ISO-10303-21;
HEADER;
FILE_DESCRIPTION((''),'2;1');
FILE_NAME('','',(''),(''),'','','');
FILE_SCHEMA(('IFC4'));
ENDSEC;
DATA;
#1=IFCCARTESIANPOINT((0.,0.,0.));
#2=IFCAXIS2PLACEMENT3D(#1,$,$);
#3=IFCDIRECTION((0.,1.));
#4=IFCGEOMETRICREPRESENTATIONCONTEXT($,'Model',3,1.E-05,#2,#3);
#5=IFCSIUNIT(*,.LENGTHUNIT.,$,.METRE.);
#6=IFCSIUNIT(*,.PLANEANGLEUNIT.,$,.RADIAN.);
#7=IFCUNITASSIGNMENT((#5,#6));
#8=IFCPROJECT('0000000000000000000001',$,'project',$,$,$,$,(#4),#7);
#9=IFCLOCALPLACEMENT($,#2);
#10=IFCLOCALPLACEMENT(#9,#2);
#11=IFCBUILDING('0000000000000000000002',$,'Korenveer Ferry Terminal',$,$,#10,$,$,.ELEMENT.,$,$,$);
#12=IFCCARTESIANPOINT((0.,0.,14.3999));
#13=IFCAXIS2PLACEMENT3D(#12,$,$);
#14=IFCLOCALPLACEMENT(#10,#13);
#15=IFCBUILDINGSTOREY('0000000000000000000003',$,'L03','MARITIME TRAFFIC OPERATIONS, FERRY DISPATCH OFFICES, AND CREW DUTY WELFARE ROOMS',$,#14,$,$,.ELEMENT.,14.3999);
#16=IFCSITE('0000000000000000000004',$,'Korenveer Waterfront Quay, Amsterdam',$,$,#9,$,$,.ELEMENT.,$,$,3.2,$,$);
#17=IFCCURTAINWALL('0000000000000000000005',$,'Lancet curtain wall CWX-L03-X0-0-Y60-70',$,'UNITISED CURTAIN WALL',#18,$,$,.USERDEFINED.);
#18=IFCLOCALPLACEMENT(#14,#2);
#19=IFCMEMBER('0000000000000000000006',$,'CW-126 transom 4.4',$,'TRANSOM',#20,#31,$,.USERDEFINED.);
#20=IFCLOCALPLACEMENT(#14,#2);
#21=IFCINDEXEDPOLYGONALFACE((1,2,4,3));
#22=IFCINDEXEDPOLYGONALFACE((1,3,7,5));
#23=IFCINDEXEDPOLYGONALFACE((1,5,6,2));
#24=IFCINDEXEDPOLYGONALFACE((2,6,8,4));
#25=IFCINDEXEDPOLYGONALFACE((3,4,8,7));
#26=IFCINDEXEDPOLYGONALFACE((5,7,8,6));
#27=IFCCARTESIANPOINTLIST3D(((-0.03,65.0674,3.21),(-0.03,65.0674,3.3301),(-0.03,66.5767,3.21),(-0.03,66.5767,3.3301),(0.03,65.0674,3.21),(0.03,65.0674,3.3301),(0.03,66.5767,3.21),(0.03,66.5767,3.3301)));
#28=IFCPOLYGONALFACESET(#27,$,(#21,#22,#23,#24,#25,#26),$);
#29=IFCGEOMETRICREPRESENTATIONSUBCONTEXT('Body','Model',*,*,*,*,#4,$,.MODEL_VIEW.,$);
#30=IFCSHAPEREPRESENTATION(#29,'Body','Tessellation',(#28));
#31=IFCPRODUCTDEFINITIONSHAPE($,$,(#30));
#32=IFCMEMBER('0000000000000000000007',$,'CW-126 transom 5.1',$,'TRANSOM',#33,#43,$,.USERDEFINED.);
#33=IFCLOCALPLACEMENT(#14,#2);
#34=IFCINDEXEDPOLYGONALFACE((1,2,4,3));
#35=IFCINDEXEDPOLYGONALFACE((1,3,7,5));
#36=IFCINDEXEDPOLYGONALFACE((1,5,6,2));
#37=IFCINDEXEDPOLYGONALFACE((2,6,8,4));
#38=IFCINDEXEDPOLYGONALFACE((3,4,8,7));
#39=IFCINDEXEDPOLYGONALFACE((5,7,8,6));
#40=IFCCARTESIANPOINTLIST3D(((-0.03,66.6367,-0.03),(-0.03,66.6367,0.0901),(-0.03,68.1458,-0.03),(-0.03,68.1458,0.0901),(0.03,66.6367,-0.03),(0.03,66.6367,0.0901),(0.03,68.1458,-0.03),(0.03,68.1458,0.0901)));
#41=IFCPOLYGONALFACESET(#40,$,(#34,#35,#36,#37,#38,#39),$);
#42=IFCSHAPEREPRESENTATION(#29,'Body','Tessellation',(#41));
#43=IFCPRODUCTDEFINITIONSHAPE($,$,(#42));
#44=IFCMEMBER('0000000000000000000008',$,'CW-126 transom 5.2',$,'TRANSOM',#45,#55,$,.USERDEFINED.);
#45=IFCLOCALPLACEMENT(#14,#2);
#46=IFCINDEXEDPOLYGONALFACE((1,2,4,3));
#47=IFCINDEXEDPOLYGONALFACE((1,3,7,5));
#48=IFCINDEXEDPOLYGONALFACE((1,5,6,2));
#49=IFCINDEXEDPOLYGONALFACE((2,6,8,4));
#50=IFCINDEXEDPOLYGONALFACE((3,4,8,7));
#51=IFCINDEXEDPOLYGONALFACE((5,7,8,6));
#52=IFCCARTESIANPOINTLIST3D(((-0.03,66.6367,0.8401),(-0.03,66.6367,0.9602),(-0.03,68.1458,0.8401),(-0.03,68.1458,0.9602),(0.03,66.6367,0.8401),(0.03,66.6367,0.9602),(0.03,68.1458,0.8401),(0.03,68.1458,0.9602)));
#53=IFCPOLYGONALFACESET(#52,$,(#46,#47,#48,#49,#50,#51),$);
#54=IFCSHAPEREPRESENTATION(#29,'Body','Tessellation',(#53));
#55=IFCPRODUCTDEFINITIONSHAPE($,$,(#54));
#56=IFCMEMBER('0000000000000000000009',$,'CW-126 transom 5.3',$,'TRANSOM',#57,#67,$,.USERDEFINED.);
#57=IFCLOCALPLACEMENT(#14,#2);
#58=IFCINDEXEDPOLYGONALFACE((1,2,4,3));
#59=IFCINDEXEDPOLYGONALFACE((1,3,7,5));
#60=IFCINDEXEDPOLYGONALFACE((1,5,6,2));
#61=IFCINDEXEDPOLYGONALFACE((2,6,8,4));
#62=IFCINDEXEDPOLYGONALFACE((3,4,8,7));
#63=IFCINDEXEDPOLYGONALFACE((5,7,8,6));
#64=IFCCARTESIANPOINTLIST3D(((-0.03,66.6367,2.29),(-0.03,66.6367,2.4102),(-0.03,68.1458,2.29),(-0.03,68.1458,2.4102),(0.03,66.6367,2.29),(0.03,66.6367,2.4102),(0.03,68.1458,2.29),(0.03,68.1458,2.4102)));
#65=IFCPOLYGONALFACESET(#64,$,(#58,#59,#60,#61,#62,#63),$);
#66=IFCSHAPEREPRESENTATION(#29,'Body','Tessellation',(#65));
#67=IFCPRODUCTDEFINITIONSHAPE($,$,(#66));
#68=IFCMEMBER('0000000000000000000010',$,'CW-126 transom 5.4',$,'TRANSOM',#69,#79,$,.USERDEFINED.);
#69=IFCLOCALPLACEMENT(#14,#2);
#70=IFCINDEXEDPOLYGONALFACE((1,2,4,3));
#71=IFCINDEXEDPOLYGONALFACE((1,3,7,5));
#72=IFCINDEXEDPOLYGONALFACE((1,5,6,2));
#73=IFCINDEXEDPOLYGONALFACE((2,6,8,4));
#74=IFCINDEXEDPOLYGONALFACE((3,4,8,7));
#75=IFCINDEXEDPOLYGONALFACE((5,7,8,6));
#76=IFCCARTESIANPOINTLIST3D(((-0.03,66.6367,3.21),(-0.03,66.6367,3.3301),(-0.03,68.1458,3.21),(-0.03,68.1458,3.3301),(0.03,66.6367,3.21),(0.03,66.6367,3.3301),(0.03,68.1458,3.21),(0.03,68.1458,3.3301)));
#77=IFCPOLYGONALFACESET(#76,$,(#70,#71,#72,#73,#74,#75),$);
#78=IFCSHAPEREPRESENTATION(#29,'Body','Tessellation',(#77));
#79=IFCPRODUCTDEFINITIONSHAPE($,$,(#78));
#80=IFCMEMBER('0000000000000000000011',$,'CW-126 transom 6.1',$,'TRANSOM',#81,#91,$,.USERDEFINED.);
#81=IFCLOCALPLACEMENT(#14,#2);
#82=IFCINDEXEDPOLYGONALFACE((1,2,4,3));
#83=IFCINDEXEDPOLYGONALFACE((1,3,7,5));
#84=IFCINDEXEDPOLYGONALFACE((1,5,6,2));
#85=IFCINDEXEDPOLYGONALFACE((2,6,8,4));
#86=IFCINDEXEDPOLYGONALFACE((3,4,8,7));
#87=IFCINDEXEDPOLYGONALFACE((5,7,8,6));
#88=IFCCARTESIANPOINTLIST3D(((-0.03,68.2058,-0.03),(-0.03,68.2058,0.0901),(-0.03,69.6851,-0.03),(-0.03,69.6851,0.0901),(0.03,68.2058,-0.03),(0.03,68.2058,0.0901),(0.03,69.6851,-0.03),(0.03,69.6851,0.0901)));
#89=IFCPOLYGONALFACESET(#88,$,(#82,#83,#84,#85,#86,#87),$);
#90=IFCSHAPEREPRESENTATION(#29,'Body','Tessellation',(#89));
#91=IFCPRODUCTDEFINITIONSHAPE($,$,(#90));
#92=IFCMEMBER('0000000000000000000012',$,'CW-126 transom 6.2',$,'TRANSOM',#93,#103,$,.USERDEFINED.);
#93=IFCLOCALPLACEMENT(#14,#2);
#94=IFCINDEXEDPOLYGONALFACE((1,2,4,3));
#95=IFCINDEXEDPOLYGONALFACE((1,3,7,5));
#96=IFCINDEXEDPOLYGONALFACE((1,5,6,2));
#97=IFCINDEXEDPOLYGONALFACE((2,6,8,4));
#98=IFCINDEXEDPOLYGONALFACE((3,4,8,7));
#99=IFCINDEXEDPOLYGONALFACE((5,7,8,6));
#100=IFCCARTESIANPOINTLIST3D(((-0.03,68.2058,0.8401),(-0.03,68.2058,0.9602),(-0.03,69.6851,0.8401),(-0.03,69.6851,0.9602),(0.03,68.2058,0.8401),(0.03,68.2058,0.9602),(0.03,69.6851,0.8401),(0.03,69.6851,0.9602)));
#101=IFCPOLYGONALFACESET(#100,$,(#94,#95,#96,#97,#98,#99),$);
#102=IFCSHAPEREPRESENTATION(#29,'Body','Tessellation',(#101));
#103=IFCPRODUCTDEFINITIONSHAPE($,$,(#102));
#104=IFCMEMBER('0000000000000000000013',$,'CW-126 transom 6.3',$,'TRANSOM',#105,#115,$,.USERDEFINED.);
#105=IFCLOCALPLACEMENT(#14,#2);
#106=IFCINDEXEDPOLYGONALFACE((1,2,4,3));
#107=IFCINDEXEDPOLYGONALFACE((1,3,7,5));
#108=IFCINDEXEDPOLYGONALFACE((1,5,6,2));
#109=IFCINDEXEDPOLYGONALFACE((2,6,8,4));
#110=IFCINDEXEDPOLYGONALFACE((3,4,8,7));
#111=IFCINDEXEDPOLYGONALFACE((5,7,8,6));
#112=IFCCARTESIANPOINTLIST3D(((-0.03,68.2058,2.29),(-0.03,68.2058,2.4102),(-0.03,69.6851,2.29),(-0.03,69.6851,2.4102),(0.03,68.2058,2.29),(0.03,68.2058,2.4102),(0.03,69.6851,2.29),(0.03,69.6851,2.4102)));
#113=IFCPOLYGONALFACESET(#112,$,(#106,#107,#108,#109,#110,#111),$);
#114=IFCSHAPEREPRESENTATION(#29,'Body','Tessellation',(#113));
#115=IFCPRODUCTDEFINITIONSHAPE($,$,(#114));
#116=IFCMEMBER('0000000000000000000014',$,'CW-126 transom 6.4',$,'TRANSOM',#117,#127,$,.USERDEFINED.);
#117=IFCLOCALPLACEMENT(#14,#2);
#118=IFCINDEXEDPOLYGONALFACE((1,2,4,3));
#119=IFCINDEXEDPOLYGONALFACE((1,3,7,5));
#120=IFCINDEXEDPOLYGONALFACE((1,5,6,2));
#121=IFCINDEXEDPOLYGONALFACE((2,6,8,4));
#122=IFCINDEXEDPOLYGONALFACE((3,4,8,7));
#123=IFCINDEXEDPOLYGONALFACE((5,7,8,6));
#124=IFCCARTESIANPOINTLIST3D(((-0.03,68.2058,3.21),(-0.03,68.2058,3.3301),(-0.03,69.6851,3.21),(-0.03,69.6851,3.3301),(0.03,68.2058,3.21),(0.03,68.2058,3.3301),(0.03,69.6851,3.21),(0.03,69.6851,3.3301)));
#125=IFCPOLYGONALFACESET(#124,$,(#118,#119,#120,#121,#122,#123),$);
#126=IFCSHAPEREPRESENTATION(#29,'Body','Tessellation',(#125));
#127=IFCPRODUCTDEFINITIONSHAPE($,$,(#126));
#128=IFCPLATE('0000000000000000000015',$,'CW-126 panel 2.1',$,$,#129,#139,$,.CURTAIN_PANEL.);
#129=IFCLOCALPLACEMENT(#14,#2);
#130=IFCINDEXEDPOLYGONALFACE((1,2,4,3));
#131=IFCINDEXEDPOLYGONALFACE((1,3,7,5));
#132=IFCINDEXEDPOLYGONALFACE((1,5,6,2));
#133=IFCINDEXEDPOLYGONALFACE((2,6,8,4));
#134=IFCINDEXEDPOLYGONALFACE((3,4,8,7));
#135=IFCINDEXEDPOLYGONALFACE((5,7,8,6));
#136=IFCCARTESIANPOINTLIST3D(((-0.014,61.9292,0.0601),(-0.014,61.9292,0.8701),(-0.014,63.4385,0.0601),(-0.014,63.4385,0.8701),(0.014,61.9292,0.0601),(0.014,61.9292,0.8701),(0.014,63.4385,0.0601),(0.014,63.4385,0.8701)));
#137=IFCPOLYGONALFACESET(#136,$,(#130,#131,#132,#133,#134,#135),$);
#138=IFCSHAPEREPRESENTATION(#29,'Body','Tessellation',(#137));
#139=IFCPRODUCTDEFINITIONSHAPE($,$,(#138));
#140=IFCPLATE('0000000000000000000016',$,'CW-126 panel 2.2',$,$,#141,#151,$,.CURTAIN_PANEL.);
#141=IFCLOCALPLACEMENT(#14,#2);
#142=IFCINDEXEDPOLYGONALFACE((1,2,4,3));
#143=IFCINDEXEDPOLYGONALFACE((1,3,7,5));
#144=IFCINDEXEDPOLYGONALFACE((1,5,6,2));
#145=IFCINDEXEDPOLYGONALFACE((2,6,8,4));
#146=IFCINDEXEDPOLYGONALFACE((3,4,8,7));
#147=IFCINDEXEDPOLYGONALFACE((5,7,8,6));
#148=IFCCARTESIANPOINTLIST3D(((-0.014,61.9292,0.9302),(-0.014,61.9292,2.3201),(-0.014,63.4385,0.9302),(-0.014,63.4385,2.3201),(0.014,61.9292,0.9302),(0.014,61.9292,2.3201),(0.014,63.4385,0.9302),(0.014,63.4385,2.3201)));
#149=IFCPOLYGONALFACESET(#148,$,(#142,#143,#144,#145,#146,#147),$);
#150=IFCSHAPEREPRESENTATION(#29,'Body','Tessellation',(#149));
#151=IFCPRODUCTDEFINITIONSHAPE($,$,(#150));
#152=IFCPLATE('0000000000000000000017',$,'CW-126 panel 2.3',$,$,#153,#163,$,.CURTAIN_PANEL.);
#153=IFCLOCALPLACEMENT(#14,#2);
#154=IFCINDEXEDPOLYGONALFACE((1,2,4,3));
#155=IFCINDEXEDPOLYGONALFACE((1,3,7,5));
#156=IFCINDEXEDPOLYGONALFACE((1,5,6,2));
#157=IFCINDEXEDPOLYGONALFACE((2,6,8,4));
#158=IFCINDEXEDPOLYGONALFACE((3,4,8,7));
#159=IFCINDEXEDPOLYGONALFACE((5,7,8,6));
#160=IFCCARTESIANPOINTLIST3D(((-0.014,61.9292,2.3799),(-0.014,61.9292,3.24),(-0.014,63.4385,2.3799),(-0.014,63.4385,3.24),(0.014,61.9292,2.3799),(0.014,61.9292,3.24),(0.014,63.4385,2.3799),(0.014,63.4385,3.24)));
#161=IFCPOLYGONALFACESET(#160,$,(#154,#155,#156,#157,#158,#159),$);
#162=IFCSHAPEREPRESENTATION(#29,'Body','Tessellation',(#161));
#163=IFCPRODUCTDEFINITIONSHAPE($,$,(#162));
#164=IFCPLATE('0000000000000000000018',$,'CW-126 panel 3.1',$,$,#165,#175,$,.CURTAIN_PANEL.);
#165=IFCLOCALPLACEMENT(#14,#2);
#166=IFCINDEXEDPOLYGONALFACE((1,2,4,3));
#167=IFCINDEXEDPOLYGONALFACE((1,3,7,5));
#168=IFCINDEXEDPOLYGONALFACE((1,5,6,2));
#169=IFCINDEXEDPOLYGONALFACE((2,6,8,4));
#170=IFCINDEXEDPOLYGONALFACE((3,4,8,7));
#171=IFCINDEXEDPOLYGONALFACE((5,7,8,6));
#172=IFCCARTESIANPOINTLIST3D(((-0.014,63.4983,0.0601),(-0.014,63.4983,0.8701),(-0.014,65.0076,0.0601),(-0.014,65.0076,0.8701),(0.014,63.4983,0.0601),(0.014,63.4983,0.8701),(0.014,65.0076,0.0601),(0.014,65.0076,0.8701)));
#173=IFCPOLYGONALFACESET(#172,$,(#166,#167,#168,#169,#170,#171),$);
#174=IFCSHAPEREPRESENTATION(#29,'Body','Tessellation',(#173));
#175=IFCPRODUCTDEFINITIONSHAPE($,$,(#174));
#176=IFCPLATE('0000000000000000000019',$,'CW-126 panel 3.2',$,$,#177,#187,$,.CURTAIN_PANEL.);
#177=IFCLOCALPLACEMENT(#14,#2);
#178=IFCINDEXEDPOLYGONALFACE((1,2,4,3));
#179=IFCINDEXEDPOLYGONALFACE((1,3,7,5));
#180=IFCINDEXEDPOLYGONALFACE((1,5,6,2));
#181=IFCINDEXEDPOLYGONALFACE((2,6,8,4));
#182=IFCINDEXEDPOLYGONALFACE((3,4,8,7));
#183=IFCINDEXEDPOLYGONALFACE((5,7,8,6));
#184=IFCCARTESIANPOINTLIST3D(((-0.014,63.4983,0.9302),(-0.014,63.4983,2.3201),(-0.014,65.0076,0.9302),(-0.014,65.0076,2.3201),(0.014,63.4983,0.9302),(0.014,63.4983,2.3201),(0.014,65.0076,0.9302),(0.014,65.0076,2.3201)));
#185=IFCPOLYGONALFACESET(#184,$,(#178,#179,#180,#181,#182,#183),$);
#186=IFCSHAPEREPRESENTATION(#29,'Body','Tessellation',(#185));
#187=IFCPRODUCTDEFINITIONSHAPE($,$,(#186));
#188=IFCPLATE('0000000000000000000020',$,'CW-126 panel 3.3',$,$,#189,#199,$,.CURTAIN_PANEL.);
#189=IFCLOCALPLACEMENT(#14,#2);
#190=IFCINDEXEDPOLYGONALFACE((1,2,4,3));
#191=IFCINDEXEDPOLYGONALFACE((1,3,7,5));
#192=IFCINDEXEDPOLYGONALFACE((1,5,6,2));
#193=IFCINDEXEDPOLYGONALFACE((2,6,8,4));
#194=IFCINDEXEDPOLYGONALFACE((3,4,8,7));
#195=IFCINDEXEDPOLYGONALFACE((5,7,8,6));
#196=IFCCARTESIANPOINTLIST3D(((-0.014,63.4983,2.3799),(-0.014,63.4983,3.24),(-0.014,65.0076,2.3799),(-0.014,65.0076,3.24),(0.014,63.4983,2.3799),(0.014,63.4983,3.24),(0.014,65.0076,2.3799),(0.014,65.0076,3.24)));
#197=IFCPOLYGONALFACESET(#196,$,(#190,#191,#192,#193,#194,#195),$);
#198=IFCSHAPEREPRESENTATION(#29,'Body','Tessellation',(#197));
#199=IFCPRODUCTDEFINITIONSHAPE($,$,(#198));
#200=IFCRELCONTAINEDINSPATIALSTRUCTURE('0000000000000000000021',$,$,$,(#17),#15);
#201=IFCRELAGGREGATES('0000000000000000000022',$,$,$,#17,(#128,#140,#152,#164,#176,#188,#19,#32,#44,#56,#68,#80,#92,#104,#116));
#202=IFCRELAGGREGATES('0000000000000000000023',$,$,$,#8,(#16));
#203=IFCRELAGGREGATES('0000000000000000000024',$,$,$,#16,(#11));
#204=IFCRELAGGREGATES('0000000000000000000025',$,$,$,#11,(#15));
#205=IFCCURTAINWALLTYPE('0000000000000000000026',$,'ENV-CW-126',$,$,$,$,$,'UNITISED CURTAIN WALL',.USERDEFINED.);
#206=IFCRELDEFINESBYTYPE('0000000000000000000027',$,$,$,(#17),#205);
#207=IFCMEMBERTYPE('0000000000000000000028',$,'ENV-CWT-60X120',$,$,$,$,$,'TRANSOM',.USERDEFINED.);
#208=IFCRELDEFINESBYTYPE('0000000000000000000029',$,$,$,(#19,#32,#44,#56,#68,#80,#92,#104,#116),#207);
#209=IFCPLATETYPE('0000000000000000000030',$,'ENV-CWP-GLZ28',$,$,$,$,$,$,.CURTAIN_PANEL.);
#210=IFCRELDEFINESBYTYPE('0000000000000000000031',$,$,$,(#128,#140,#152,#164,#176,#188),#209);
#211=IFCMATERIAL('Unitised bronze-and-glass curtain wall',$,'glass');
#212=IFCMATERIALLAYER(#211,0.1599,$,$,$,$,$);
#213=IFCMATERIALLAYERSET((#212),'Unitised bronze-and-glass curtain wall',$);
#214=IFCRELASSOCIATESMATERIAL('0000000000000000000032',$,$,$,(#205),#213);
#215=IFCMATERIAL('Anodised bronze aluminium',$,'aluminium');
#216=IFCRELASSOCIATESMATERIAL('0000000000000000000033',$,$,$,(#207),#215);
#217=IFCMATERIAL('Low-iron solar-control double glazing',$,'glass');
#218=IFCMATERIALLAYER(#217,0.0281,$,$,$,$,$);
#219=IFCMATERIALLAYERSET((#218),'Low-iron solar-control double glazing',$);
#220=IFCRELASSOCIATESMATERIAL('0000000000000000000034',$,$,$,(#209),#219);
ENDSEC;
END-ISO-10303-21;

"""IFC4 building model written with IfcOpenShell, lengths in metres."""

from ifc_helpers import new_model, si_unit, direction, frame, origin, origin_2d, place, context, subcontext, project, spatial, rectangle, extrude, material, layer, layer_set, material_profile, profile_set, type_object, element, aggregate, save


model = new_model("IFC4")

# Units and contexts
model_context = context("Model", 3, precision=1e-05, world=origin(), true_north=direction((0.0, 1.0)))
body_context = subcontext(model_context, "Body", "Model", "MODEL_VIEW")
ifc_project = project(units=[si_unit("LENGTHUNIT", "METRE"), si_unit("PLANEANGLEUNIT", "RADIAN")], contexts=[model_context])

# Site, building, storey
site_placement = place(None, origin())
site = spatial("IfcSite", under=ifc_project, at=site_placement, Name="Korenveer Waterfront Quay, Amsterdam", CompositionType="ELEMENT", RefElevation=3.2)
building_placement = place(site_placement, origin())
building = spatial("IfcBuilding", under=site, at=building_placement, Name="Korenveer Ferry Terminal", CompositionType="ELEMENT")
storey_placement = place(building_placement, frame((0.0, 0.0, 14.3999)))
storey = spatial("IfcBuildingStorey", under=building, at=storey_placement, Name="L03", Description="MARITIME TRAFFIC OPERATIONS, FERRY DISPATCH OFFICES, AND CREW DUTY WELFARE ROOMS", CompositionType="ELEMENT", Elevation=14.3999)

# Curtain wall, members, plates
ifc_material_1 = material(Name="Unitised bronze-and-glass curtain wall", Category="glass")
ifc_layer_1 = layer(ifc_material_1, 0.1599)
ifc_layer_set_1 = layer_set([ifc_layer_1], Name="Unitised bronze-and-glass curtain wall")
curtain_wall_type = type_object("IfcCurtainWallType", Name="ENV-CW-126", ElementType="UNITISED CURTAIN WALL", PredefinedType="USERDEFINED", material=ifc_layer_set_1)
curtain_wall_placement = place(storey_placement, frame((0.0, 60.3301, 0.0)))
curtain_wall = element("IfcCurtainWall", 1, at=curtain_wall_placement, inside=storey, type_object=curtain_wall_type, Name="Lancet curtain wall CWX-L03-X0-0-Y60-70", ObjectType="UNITISED CURTAIN WALL", PredefinedType="USERDEFINED")
ifc_material_2 = material(Name="Anodised bronze aluminium", Category="aluminium")
ifc_material_profile_1 = material_profile(ifc_material_2, rectangle(XDim=0.0601, YDim=0.1201, at=origin_2d()), Name="ALU 60x120")
ifc_profile_set_1 = profile_set([ifc_material_profile_1], Name="Anodised bronze aluminium")
member_type_1 = type_object("IfcMemberType", Name="ENV-CWT-60X120", ElementType="TRANSOM", PredefinedType="USERDEFINED", material=ifc_profile_set_1)
member_1_placement = place(storey_placement, frame((0.0, 65.0674, 3.27), z_axis=(0.0, 1.0, 0.0), x_axis=(-1.0, 0.0, 0.0)))
member_1 = element("IfcMember", 2, at=member_1_placement, type_object=member_type_1, Name="CW-126 transom 4.4", ObjectType="TRANSOM", PredefinedType="USERDEFINED", context=body_context, shape_type="SweptSolid", body=[
    extrude(rectangle(XDim=0.0601, YDim=0.1201, at=origin_2d()), origin(), (0.0, 0.0, 1.0), 1.5093),
])
member_2_placement = place(storey_placement, frame((0.0, 66.6367, 0.03), z_axis=(0.0, 1.0, 0.0), x_axis=(-1.0, 0.0, 0.0)))
member_2 = element("IfcMember", 3, at=member_2_placement, type_object=member_type_1, Name="CW-126 transom 5.1", ObjectType="TRANSOM", PredefinedType="USERDEFINED", context=body_context, shape_type="SweptSolid", body=[
    extrude(rectangle(XDim=0.0601, YDim=0.1201, at=origin_2d()), origin(), (0.0, 0.0, 1.0), 1.509),
])
member_3_placement = place(storey_placement, frame((0.0, 66.6367, 0.9001), z_axis=(0.0, 1.0, 0.0), x_axis=(-1.0, 0.0, 0.0)))
member_3 = element("IfcMember", 4, at=member_3_placement, type_object=member_type_1, Name="CW-126 transom 5.2", ObjectType="TRANSOM", PredefinedType="USERDEFINED", context=body_context, shape_type="SweptSolid", body=[
    extrude(rectangle(XDim=0.0601, YDim=0.1201, at=origin_2d()), origin(), (0.0, 0.0, 1.0), 1.509),
])
member_4_placement = place(storey_placement, frame((0.0, 66.6367, 2.3501), z_axis=(0.0, 1.0, 0.0), x_axis=(-1.0, 0.0, 0.0)))
member_4 = element("IfcMember", 5, at=member_4_placement, type_object=member_type_1, Name="CW-126 transom 5.3", ObjectType="TRANSOM", PredefinedType="USERDEFINED", context=body_context, shape_type="SweptSolid", body=[
    extrude(rectangle(XDim=0.0601, YDim=0.1201, at=origin_2d()), origin(), (0.0, 0.0, 1.0), 1.509),
])
member_5_placement = place(storey_placement, frame((0.0, 66.6367, 3.27), z_axis=(0.0, 1.0, 0.0), x_axis=(-1.0, 0.0, 0.0)))
member_5 = element("IfcMember", 6, at=member_5_placement, type_object=member_type_1, Name="CW-126 transom 5.4", ObjectType="TRANSOM", PredefinedType="USERDEFINED", context=body_context, shape_type="SweptSolid", body=[
    extrude(rectangle(XDim=0.0601, YDim=0.1201, at=origin_2d()), origin(), (0.0, 0.0, 1.0), 1.509),
])
member_6_placement = place(storey_placement, frame((0.0, 68.2058, 0.03), z_axis=(0.0, 1.0, 0.0), x_axis=(-1.0, 0.0, 0.0)))
member_6 = element("IfcMember", 7, at=member_6_placement, type_object=member_type_1, Name="CW-126 transom 6.1", ObjectType="TRANSOM", PredefinedType="USERDEFINED", context=body_context, shape_type="SweptSolid", body=[
    extrude(rectangle(XDim=0.0601, YDim=0.1201, at=origin_2d()), origin(), (0.0, 0.0, 1.0), 1.4792),
])
member_7_placement = place(storey_placement, frame((0.0, 68.2058, 0.9001), z_axis=(0.0, 1.0, 0.0), x_axis=(-1.0, 0.0, 0.0)))
member_7 = element("IfcMember", 8, at=member_7_placement, type_object=member_type_1, Name="CW-126 transom 6.2", ObjectType="TRANSOM", PredefinedType="USERDEFINED", context=body_context, shape_type="SweptSolid", body=[
    extrude(rectangle(XDim=0.0601, YDim=0.1201, at=origin_2d()), origin(), (0.0, 0.0, 1.0), 1.4792),
])
member_8_placement = place(storey_placement, frame((0.0, 68.2058, 2.3501), z_axis=(0.0, 1.0, 0.0), x_axis=(-1.0, 0.0, 0.0)))
member_8 = element("IfcMember", 9, at=member_8_placement, type_object=member_type_1, Name="CW-126 transom 6.3", ObjectType="TRANSOM", PredefinedType="USERDEFINED", context=body_context, shape_type="SweptSolid", body=[
    extrude(rectangle(XDim=0.0601, YDim=0.1201, at=origin_2d()), origin(), (0.0, 0.0, 1.0), 1.4792),
])
member_9_placement = place(storey_placement, frame((0.0, 68.2058, 3.27), z_axis=(0.0, 1.0, 0.0), x_axis=(-1.0, 0.0, 0.0)))
member_9 = element("IfcMember", 10, at=member_9_placement, type_object=member_type_1, Name="CW-126 transom 6.4", ObjectType="TRANSOM", PredefinedType="USERDEFINED", context=body_context, shape_type="SweptSolid", body=[
    extrude(rectangle(XDim=0.0601, YDim=0.1201, at=origin_2d()), origin(), (0.0, 0.0, 1.0), 1.4792),
])
ifc_material_3 = material(Name="Low-iron solar-control double glazing", Category="glass")
ifc_layer_2 = layer(ifc_material_3, 0.0281)
ifc_layer_set_2 = layer_set([ifc_layer_2], Name="Low-iron solar-control double glazing")
plate_type = type_object("IfcPlateType", Name="ENV-CWP-GLZ28", PredefinedType="CURTAIN_PANEL", material=ifc_layer_set_2)
plate_1_placement = place(storey_placement, frame((0.0, 62.6838, 0.0601), z_axis=(0.0, 0.0, 1.0), x_axis=(0.0, 1.0, 0.0)))
plate_1 = element("IfcPlate", 11, at=plate_1_placement, type_object=plate_type, Name="CW-126 panel 2.1", PredefinedType="CURTAIN_PANEL", context=body_context, shape_type="SweptSolid", body=[
    extrude(rectangle(XDim=1.5093, YDim=0.0281, at=origin_2d()), origin(), (0.0, 0.0, 1.0), 0.8101),
])
plate_2_placement = place(storey_placement, frame((0.0, 62.6838, 0.9302), z_axis=(0.0, 0.0, 1.0), x_axis=(0.0, 1.0, 0.0)))
plate_2 = element("IfcPlate", 12, at=plate_2_placement, type_object=plate_type, Name="CW-126 panel 2.2", PredefinedType="CURTAIN_PANEL", context=body_context, shape_type="SweptSolid", body=[
    extrude(rectangle(XDim=1.5093, YDim=0.0281, at=origin_2d()), origin(), (0.0, 0.0, 1.0), 1.3899),
])
plate_3_placement = place(storey_placement, frame((0.0, 62.6838, 2.3799), z_axis=(0.0, 0.0, 1.0), x_axis=(0.0, 1.0, 0.0)))
plate_3 = element("IfcPlate", 13, at=plate_3_placement, type_object=plate_type, Name="CW-126 panel 2.3", PredefinedType="CURTAIN_PANEL", context=body_context, shape_type="SweptSolid", body=[
    extrude(rectangle(XDim=1.5093, YDim=0.0281, at=origin_2d()), origin(), (0.0, 0.0, 1.0), 0.8601),
])
plate_4_placement = place(storey_placement, frame((0.0, 64.2529, 0.0601), z_axis=(0.0, 0.0, 1.0), x_axis=(0.0, 1.0, 0.0)))
plate_4 = element("IfcPlate", 14, at=plate_4_placement, type_object=plate_type, Name="CW-126 panel 3.1", PredefinedType="CURTAIN_PANEL", context=body_context, shape_type="SweptSolid", body=[
    extrude(rectangle(XDim=1.5093, YDim=0.0281, at=origin_2d()), origin(), (0.0, 0.0, 1.0), 0.8101),
])
plate_5_placement = place(storey_placement, frame((0.0, 64.2529, 0.9302), z_axis=(0.0, 0.0, 1.0), x_axis=(0.0, 1.0, 0.0)))
plate_5 = element("IfcPlate", 15, at=plate_5_placement, type_object=plate_type, Name="CW-126 panel 3.2", PredefinedType="CURTAIN_PANEL", context=body_context, shape_type="SweptSolid", body=[
    extrude(rectangle(XDim=1.5093, YDim=0.0281, at=origin_2d()), origin(), (0.0, 0.0, 1.0), 1.3899),
])
plate_6_placement = place(storey_placement, frame((0.0, 64.2529, 2.3799), z_axis=(0.0, 0.0, 1.0), x_axis=(0.0, 1.0, 0.0)))
plate_6 = element("IfcPlate", 16, at=plate_6_placement, type_object=plate_type, Name="CW-126 panel 3.3", PredefinedType="CURTAIN_PANEL", context=body_context, shape_type="SweptSolid", body=[
    extrude(rectangle(XDim=1.5093, YDim=0.0281, at=origin_2d()), origin(), (0.0, 0.0, 1.0), 0.8601),
])
aggregate(curtain_wall, [plate_1, plate_2, plate_3, plate_4, plate_5, plate_6, member_1, member_2, member_3, member_4, member_5, member_6, member_7, member_8, member_9])

save(model, "model.ifc")
